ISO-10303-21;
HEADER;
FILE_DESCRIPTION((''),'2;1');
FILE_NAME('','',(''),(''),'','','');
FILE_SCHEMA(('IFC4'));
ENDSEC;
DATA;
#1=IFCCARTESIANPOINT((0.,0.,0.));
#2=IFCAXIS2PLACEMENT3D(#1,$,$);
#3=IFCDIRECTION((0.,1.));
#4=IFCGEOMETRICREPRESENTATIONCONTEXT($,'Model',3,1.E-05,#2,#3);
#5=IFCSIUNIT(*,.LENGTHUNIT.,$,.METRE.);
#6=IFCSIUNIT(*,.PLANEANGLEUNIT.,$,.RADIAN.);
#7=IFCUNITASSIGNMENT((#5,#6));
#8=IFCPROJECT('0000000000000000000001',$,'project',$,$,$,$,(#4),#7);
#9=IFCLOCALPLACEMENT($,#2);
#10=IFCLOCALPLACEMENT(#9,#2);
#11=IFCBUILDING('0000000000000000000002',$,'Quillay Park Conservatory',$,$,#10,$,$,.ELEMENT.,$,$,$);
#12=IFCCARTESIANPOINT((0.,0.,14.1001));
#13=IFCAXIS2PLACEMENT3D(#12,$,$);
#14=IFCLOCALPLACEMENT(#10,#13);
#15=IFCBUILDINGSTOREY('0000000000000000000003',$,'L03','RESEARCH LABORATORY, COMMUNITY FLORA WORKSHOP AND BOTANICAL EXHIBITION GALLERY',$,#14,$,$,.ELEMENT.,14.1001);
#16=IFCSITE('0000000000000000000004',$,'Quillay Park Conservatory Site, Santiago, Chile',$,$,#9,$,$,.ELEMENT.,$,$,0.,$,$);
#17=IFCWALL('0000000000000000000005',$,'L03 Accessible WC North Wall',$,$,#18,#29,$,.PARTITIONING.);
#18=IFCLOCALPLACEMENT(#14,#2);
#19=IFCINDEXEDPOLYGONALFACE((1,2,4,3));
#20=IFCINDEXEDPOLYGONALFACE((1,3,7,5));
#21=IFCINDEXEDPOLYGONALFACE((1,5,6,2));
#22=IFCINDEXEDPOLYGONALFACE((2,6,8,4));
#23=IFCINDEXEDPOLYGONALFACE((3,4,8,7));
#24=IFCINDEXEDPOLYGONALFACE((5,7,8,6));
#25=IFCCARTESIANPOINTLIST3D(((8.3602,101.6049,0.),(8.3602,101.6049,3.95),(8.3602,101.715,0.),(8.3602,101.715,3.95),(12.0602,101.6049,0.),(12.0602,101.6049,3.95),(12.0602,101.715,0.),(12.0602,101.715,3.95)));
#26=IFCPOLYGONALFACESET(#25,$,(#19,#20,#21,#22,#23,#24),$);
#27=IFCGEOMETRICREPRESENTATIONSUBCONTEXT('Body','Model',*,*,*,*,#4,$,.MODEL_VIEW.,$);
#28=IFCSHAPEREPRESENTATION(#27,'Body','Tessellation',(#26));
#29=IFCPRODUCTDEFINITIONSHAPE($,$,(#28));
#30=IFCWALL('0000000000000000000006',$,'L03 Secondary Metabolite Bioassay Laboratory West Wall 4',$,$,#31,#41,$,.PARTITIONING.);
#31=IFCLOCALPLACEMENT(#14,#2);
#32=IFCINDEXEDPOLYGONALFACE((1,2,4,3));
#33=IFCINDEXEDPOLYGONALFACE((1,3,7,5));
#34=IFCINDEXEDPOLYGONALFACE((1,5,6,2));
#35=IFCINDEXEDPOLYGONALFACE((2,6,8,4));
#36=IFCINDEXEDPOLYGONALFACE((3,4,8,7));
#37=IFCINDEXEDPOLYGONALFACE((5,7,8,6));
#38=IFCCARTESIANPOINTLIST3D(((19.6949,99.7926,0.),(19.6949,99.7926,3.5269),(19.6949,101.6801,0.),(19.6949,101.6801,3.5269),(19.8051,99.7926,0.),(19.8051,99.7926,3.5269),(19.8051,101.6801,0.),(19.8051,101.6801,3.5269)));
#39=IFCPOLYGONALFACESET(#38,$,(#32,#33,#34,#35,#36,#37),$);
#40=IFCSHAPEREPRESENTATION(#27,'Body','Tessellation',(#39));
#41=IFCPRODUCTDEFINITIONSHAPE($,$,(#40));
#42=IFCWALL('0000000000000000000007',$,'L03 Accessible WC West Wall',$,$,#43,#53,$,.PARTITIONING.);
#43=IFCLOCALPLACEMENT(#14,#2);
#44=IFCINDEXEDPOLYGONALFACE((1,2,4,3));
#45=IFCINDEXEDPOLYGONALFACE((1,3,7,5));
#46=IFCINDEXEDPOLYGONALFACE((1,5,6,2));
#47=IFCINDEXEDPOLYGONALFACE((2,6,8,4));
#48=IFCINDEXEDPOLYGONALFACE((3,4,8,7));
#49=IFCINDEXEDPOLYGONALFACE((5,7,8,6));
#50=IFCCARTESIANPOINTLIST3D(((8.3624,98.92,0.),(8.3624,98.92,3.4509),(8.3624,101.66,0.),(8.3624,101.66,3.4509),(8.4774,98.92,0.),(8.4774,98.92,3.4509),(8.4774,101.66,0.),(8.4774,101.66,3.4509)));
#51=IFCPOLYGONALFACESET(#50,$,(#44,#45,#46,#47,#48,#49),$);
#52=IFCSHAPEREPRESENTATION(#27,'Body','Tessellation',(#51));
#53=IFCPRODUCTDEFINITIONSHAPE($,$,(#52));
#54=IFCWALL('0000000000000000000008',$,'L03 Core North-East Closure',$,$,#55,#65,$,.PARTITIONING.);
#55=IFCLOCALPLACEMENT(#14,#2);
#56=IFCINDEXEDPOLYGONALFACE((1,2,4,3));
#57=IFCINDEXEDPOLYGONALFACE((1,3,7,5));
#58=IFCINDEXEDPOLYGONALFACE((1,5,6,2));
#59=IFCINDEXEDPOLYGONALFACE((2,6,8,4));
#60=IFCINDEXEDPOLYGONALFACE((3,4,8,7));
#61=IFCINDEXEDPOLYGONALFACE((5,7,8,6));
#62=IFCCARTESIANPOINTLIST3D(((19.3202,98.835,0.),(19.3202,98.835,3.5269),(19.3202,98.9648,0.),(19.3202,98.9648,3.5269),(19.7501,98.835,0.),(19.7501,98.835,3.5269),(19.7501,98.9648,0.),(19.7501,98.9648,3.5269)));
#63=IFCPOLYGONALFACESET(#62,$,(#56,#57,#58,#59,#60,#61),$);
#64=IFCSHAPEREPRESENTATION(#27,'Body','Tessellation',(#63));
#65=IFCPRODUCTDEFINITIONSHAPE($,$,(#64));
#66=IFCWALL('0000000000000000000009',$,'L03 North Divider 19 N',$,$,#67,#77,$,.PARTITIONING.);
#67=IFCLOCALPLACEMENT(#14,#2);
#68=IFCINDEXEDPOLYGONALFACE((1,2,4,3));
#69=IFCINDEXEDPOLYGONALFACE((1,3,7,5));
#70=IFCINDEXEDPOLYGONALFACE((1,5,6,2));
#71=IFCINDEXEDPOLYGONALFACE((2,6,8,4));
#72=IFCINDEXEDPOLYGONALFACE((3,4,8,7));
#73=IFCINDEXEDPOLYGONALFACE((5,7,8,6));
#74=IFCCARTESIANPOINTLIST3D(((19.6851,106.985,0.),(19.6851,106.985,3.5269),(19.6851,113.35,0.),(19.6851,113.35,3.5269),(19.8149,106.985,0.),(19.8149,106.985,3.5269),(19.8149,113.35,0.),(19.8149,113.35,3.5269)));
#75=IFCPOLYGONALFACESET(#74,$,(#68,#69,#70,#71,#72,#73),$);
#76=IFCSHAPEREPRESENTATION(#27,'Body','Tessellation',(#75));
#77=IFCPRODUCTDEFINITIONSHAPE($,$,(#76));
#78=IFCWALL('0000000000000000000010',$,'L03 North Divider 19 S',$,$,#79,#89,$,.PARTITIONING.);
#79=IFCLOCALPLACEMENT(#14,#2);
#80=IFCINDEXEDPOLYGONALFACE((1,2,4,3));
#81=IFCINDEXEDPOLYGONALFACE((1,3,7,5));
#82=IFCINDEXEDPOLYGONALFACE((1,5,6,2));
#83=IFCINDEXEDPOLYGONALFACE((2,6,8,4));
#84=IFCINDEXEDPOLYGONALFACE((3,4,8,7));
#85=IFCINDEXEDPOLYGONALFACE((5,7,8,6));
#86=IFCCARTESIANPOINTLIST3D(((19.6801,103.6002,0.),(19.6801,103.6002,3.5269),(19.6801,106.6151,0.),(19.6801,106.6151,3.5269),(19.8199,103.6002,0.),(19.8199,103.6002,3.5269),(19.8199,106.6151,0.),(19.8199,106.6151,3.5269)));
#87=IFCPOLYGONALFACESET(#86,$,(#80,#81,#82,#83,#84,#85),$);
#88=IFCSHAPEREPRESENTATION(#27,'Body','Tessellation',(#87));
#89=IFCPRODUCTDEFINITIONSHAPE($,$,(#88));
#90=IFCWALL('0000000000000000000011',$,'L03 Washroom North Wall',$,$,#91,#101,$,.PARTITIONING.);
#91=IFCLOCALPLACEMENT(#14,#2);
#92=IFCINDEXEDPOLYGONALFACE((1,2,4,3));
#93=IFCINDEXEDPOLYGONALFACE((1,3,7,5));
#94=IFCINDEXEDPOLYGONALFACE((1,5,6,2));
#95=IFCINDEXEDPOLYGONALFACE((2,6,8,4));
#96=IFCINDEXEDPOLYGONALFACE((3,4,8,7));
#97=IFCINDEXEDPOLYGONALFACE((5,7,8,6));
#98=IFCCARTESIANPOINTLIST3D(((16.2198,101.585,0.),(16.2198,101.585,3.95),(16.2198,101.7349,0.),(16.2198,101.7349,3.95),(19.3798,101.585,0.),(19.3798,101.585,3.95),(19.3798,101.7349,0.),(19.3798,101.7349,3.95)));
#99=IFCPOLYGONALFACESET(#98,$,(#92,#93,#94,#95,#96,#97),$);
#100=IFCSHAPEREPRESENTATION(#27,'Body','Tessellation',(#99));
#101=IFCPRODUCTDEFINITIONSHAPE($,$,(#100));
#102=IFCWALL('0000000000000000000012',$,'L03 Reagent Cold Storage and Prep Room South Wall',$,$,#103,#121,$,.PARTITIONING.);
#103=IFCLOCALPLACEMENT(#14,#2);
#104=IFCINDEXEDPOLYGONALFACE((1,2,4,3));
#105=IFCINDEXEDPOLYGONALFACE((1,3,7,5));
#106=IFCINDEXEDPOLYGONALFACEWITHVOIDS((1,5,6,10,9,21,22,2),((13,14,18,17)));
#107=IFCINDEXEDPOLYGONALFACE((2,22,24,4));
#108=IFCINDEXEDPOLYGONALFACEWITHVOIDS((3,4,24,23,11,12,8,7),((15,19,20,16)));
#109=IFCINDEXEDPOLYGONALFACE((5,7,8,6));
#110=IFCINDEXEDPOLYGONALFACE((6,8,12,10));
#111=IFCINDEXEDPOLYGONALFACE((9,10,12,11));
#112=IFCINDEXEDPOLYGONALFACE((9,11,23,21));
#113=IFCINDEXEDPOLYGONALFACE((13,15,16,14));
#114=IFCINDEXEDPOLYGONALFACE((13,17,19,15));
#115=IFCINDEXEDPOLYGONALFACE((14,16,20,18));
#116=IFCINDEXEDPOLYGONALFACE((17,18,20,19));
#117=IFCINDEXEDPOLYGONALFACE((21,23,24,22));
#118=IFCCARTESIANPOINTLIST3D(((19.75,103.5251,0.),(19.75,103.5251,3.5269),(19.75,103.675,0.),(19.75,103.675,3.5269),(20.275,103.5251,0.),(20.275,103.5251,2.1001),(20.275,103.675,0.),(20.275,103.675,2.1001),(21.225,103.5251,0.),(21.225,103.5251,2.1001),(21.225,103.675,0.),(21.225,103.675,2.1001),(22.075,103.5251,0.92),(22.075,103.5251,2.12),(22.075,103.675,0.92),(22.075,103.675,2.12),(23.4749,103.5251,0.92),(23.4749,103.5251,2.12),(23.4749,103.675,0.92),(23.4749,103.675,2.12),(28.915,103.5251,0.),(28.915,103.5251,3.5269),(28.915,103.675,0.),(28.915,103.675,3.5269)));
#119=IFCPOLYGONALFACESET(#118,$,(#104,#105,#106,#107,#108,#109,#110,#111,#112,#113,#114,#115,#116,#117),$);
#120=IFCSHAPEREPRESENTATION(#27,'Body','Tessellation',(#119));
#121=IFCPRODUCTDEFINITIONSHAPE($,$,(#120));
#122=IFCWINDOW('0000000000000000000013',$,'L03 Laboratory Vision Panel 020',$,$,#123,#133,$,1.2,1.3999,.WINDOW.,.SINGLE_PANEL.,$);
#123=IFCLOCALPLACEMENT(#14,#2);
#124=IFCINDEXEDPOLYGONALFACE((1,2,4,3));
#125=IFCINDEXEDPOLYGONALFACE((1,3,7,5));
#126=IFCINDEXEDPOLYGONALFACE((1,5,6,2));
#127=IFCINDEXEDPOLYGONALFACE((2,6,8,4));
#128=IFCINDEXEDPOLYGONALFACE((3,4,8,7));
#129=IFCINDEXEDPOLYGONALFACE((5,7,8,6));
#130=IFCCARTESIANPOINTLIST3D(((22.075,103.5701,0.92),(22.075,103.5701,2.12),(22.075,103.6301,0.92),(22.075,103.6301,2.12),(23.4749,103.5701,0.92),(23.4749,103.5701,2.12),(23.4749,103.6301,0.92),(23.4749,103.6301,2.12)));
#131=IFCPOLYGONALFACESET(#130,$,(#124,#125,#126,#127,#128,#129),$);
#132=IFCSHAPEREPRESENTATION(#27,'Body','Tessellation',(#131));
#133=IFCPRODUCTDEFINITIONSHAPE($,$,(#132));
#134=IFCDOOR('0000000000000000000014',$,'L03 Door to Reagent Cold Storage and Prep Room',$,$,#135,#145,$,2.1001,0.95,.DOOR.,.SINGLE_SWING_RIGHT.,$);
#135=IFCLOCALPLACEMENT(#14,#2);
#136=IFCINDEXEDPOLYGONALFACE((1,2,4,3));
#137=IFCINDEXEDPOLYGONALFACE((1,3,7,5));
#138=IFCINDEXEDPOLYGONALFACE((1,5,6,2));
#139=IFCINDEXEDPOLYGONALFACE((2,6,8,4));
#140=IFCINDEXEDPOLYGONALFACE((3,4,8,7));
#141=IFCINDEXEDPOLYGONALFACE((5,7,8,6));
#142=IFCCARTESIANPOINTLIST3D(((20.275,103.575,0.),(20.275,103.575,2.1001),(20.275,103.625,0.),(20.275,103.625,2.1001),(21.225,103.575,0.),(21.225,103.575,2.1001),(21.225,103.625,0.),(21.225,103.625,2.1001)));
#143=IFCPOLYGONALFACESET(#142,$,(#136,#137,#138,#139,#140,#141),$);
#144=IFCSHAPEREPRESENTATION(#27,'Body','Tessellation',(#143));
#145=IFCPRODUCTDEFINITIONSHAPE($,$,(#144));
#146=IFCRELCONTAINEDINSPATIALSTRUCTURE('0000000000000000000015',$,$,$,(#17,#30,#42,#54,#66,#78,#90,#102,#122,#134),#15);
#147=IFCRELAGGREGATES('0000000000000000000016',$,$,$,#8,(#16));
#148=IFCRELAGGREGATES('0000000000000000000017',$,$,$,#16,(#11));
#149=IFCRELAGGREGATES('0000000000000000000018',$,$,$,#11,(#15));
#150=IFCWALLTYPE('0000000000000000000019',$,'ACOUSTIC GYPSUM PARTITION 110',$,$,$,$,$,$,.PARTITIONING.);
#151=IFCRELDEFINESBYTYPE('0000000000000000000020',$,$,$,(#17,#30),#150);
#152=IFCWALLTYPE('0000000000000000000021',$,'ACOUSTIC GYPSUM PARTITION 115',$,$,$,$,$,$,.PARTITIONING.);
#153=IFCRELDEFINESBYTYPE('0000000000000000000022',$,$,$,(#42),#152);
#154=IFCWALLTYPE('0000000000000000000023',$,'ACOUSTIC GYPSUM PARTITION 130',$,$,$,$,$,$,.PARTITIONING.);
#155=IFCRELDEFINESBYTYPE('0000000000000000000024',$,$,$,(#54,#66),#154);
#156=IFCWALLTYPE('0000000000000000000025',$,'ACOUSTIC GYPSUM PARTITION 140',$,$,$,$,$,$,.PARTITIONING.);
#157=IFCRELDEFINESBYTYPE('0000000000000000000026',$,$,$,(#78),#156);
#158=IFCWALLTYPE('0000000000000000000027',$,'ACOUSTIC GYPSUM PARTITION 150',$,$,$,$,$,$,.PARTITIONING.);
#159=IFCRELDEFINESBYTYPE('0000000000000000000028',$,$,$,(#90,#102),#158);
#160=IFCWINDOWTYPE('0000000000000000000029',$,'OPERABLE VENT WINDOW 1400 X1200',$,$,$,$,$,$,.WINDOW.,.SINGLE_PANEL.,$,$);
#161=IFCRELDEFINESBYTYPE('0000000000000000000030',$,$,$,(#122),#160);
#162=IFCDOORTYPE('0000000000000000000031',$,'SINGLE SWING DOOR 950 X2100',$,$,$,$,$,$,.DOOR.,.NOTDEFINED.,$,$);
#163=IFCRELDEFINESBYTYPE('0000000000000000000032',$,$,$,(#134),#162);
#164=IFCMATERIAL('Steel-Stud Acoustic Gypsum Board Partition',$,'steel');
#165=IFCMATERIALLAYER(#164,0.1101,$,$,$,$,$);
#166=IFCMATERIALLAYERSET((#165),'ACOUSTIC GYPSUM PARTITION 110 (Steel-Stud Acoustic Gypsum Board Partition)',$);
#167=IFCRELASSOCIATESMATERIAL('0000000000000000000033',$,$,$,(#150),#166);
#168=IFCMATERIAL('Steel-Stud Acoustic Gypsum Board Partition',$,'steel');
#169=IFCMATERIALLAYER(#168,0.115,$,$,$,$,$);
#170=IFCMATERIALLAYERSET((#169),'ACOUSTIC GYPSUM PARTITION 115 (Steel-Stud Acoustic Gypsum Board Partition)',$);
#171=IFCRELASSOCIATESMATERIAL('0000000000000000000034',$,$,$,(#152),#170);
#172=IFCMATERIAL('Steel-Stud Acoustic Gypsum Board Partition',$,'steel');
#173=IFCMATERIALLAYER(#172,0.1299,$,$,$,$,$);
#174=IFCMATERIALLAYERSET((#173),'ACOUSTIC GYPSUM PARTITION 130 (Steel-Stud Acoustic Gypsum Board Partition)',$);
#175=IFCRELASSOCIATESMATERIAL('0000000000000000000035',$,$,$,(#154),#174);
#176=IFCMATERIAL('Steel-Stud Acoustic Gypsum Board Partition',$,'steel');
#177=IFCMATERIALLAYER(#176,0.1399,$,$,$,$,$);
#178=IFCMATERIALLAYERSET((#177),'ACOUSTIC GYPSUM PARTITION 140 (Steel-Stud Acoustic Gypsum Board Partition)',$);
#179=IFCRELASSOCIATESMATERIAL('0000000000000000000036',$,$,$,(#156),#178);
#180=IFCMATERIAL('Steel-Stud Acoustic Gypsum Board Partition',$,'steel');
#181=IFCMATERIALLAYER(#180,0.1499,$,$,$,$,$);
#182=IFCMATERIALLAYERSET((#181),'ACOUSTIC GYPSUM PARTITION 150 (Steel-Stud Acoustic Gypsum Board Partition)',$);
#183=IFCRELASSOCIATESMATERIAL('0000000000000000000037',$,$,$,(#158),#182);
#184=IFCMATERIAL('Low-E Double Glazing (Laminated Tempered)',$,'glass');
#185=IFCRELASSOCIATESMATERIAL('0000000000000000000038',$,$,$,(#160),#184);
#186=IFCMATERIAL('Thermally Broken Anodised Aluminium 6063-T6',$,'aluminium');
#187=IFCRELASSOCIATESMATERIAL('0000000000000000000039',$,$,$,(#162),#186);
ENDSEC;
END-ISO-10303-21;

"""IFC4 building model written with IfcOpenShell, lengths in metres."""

from ifc_helpers import new_model, si_unit, direction, frame, frame_2d, origin, place, context, subcontext, project, spatial, rectangle, extrude, material, layer, layer_set, type_object, element, fill, save


model = new_model("IFC4")

# Units and contexts
model_context = context("Model", 3, precision=1e-05, world=origin(), true_north=direction((0.0, 1.0)))
body_context = subcontext(model_context, "Body", "Model", "MODEL_VIEW")
ifc_project = project(units=[si_unit("LENGTHUNIT", "METRE"), si_unit("PLANEANGLEUNIT", "RADIAN")], contexts=[model_context])

# Site, building, storey
site_placement = place(None, origin())
site = spatial("IfcSite", under=ifc_project, at=site_placement, Name="Quillay Park Conservatory Site, Santiago, Chile", CompositionType="ELEMENT", RefElevation=0.0)
building_placement = place(site_placement, origin())
building = spatial("IfcBuilding", under=site, at=building_placement, Name="Quillay Park Conservatory", CompositionType="ELEMENT")
storey_placement = place(building_placement, frame((0.0, 0.0, 14.1001)))
storey = spatial("IfcBuildingStorey", under=building, at=storey_placement, Name="L03", Description="RESEARCH LABORATORY, COMMUNITY FLORA WORKSHOP AND BOTANICAL EXHIBITION GALLERY", CompositionType="ELEMENT", Elevation=14.1001)

# Walls
ifc_material_1 = material(Name="Steel-Stud Acoustic Gypsum Board Partition", Category="steel")
ifc_layer_1 = layer(ifc_material_1, 0.1101)
ifc_layer_set_1 = layer_set([ifc_layer_1], Name="ACOUSTIC GYPSUM PARTITION 110 (Steel-Stud Acoustic Gypsum Board Partition)")
wall_type_1 = type_object("IfcWallType", Name="ACOUSTIC GYPSUM PARTITION 110", PredefinedType="PARTITIONING", material=ifc_layer_set_1)
wall_1_placement = place(storey_placement, frame((8.3601, 101.6599, 0.0), z_axis=(0.0, 0.0, 1.0), x_axis=(1.0, 0.0, 0.0)))
element("IfcWall", 1, at=wall_1_placement, inside=storey, type_object=wall_type_1, Name="L03 Accessible WC North Wall", PredefinedType="PARTITIONING", context=body_context, shape_type="SweptSolid", body=[
    extrude(rectangle(XDim=3.7, YDim=0.1101, at=frame_2d((1.8501, 0.0))), origin(), (0.0, 0.0, 1.0), 3.95),
])
wall_2_placement = place(storey_placement, frame((19.75, 99.7925, 0.0), z_axis=(0.0, 0.0, 1.0), x_axis=(0.0, 1.0, 0.0)))
element("IfcWall", 2, at=wall_2_placement, inside=storey, type_object=wall_type_1, Name="L03 Secondary Metabolite Bioassay Laboratory West Wall 4", PredefinedType="PARTITIONING", context=body_context, shape_type="SweptSolid", body=[
    extrude(rectangle(XDim=1.8875, YDim=0.1101, at=frame_2d((0.9438, 0.0))), origin(), (0.0, 0.0, 1.0), 3.5269),
])
ifc_material_2 = material(Name="Steel-Stud Acoustic Gypsum Board Partition", Category="steel")
ifc_layer_2 = layer(ifc_material_2, 0.115)
ifc_layer_set_2 = layer_set([ifc_layer_2], Name="ACOUSTIC GYPSUM PARTITION 115 (Steel-Stud Acoustic Gypsum Board Partition)")
wall_type_2 = type_object("IfcWallType", Name="ACOUSTIC GYPSUM PARTITION 115", PredefinedType="PARTITIONING", material=ifc_layer_set_2)
wall_3_placement = place(storey_placement, frame((8.4199, 98.9199, 0.0), z_axis=(0.0, 0.0, 1.0), x_axis=(0.0, 1.0, 0.0)))
element("IfcWall", 3, at=wall_3_placement, inside=storey, type_object=wall_type_2, Name="L03 Accessible WC West Wall", PredefinedType="PARTITIONING", context=body_context, shape_type="SweptSolid", body=[
    extrude(rectangle(XDim=2.74, YDim=0.115, at=frame_2d((1.3701, 0.0))), origin(), (0.0, 0.0, 1.0), 3.4509),
])
ifc_material_3 = material(Name="Steel-Stud Acoustic Gypsum Board Partition", Category="steel")
ifc_layer_3 = layer(ifc_material_3, 0.1299)
ifc_layer_set_3 = layer_set([ifc_layer_3], Name="ACOUSTIC GYPSUM PARTITION 130 (Steel-Stud Acoustic Gypsum Board Partition)")
wall_type_3 = type_object("IfcWallType", Name="ACOUSTIC GYPSUM PARTITION 130", PredefinedType="PARTITIONING", material=ifc_layer_set_3)
wall_4_placement = place(storey_placement, frame((19.75, 98.8999, 0.0), z_axis=(0.0, 0.0, 1.0), x_axis=(-1.0, 0.0, 0.0)))
element("IfcWall", 4, at=wall_4_placement, inside=storey, type_object=wall_type_3, Name="L03 Core North-East Closure", PredefinedType="PARTITIONING", context=body_context, shape_type="SweptSolid", body=[
    extrude(rectangle(XDim=0.4299, YDim=0.1299, at=frame_2d((0.2148, 0.0))), origin(), (0.0, 0.0, 1.0), 3.5269),
])
wall_5_placement = place(storey_placement, frame((19.75, 113.3501, 0.0), z_axis=(0.0, 0.0, 1.0), x_axis=(0.0, -1.0, 0.0)))
element("IfcWall", 5, at=wall_5_placement, inside=storey, type_object=wall_type_3, Name="L03 North Divider 19 N", PredefinedType="PARTITIONING", context=body_context, shape_type="SweptSolid", body=[
    extrude(rectangle(XDim=6.365, YDim=0.1299, at=frame_2d((3.1826, 0.0))), origin(), (0.0, 0.0, 1.0), 3.5269),
])

# Shared definitions
ifc_material_4 = material(Name="Steel-Stud Acoustic Gypsum Board Partition", Category="steel")
ifc_layer_4 = layer(ifc_material_4, 0.1399)
ifc_layer_set_4 = layer_set([ifc_layer_4], Name="ACOUSTIC GYPSUM PARTITION 140 (Steel-Stud Acoustic Gypsum Board Partition)")
wall_type_4 = type_object("IfcWallType", Name="ACOUSTIC GYPSUM PARTITION 140", PredefinedType="PARTITIONING", material=ifc_layer_set_4)

# Walls
wall_6_placement = place(storey_placement, frame((19.75, 106.615, 0.0), z_axis=(0.0, 0.0, 1.0), x_axis=(0.0, -1.0, 0.0)))
element("IfcWall", 6, at=wall_6_placement, inside=storey, type_object=wall_type_4, Name="L03 North Divider 19 S", PredefinedType="PARTITIONING", context=body_context, shape_type="SweptSolid", body=[
    extrude(rectangle(XDim=3.0149, YDim=0.1399, at=frame_2d((1.5073, 0.0))), origin(), (0.0, 0.0, 1.0), 3.5269),
])
ifc_material_5 = material(Name="Steel-Stud Acoustic Gypsum Board Partition", Category="steel")
ifc_layer_5 = layer(ifc_material_5, 0.1499)
ifc_layer_set_5 = layer_set([ifc_layer_5], Name="ACOUSTIC GYPSUM PARTITION 150 (Steel-Stud Acoustic Gypsum Board Partition)")
wall_type_5 = type_object("IfcWallType", Name="ACOUSTIC GYPSUM PARTITION 150", PredefinedType="PARTITIONING", material=ifc_layer_set_5)
wall_7_placement = place(storey_placement, frame((19.3799, 101.6599, 0.0), z_axis=(0.0, 0.0, 1.0), x_axis=(-1.0, 0.0, 0.0)))
element("IfcWall", 7, at=wall_7_placement, inside=storey, type_object=wall_type_5, Name="L03 Washroom North Wall", PredefinedType="PARTITIONING", context=body_context, shape_type="SweptSolid", body=[
    extrude(rectangle(XDim=3.1599, YDim=0.1499, at=frame_2d((1.5801, 0.0))), origin(), (0.0, 0.0, 1.0), 3.95),
])

# Wall, openings, window, door
wall_8_placement = place(storey_placement, frame((19.75, 103.6001, 0.0), z_axis=(0.0, 0.0, 1.0), x_axis=(1.0, 0.0, 0.0)))
wall_8 = element("IfcWall", 8, at=wall_8_placement, inside=storey, type_object=wall_type_5, Name="L03 Reagent Cold Storage and Prep Room South Wall", PredefinedType="PARTITIONING", context=body_context, shape_type="SweptSolid", body=[
    extrude(rectangle(XDim=9.165, YDim=0.1499, at=frame_2d((4.5825, 0.0))), origin(), (0.0, 0.0, 1.0), 3.5269),
])
opening_1_placement = place(wall_8_placement, frame((0.5249, 0.0, 0.0)))
opening_1 = element("IfcOpeningElement", 9, at=opening_1_placement, cuts=wall_8, PredefinedType="OPENING", context=body_context, shape_type="SweptSolid", body=[
    extrude(rectangle(XDim=0.95, YDim=2.1001, at=frame_2d((0.4751, 1.05))), frame((0.0, 0.075, 0.0), z_axis=(0.0, -1.0, 0.0), x_axis=(1.0, 0.0, 0.0)), (0.0, 0.0, 1.0), 0.1499),
])
opening_2_placement = place(wall_8_placement, frame((2.325, 0.0, 0.9199)))
opening_2 = element("IfcOpeningElement", 10, at=opening_2_placement, cuts=wall_8, PredefinedType="OPENING", context=body_context, shape_type="SweptSolid", body=[
    extrude(rectangle(XDim=1.3999, YDim=1.2, at=frame_2d((0.7, 0.6001))), frame((0.0, 0.075, 0.0), z_axis=(0.0, -1.0, 0.0), x_axis=(1.0, 0.0, 0.0)), (0.0, 0.0, 1.0), 0.1499),
])
ifc_material_6 = material(Name="Low-E Double Glazing (Laminated Tempered)", Category="glass")
window_type = type_object("IfcWindowType", Name="OPERABLE VENT WINDOW 1400 X1200", PartitioningType="SINGLE_PANEL", PredefinedType="WINDOW", material=ifc_material_6)
window_placement = place(opening_2_placement, origin())
window = element("IfcWindow", 11, at=window_placement, inside=storey, type_object=window_type, Name="L03 Laboratory Vision Panel 020", OverallHeight=1.2, OverallWidth=1.3999, PartitioningType="SINGLE_PANEL", PredefinedType="WINDOW", context=body_context, shape_type="SweptSolid", body=[
    extrude(rectangle(XDim=1.3999, YDim=1.2, at=frame_2d((0.7, 0.6001))), frame((0.0, 0.03, 0.0), z_axis=(0.0, -1.0, 0.0), x_axis=(1.0, 0.0, 0.0)), (0.0, 0.0, 1.0), 0.0601),
])
fill(opening_2, window)
ifc_material_7 = material(Name="Thermally Broken Anodised Aluminium 6063-T6", Category="aluminium")
door_type_1 = type_object("IfcDoorType", Name="SINGLE SWING DOOR 950 X2100", OperationType="NOTDEFINED", PredefinedType="DOOR", material=ifc_material_7)
door_1_placement = place(opening_1_placement, origin())
door_1 = element("IfcDoor", 12, at=door_1_placement, inside=storey, type_object=door_type_1, Name="L03 Door to Reagent Cold Storage and Prep Room", OperationType="SINGLE_SWING_RIGHT", OverallHeight=2.1001, OverallWidth=0.95, PredefinedType="DOOR", context=body_context, shape_type="SweptSolid", body=[
    extrude(rectangle(XDim=0.95, YDim=2.1001, at=frame_2d((0.4751, 1.05))), frame((0.0, 0.0249, 0.0), z_axis=(0.0, -1.0, 0.0), x_axis=(1.0, 0.0, 0.0)), (0.0, 0.0, 1.0), 0.05),
])
fill(opening_1, door_1)

save(model, "model.ifc")
